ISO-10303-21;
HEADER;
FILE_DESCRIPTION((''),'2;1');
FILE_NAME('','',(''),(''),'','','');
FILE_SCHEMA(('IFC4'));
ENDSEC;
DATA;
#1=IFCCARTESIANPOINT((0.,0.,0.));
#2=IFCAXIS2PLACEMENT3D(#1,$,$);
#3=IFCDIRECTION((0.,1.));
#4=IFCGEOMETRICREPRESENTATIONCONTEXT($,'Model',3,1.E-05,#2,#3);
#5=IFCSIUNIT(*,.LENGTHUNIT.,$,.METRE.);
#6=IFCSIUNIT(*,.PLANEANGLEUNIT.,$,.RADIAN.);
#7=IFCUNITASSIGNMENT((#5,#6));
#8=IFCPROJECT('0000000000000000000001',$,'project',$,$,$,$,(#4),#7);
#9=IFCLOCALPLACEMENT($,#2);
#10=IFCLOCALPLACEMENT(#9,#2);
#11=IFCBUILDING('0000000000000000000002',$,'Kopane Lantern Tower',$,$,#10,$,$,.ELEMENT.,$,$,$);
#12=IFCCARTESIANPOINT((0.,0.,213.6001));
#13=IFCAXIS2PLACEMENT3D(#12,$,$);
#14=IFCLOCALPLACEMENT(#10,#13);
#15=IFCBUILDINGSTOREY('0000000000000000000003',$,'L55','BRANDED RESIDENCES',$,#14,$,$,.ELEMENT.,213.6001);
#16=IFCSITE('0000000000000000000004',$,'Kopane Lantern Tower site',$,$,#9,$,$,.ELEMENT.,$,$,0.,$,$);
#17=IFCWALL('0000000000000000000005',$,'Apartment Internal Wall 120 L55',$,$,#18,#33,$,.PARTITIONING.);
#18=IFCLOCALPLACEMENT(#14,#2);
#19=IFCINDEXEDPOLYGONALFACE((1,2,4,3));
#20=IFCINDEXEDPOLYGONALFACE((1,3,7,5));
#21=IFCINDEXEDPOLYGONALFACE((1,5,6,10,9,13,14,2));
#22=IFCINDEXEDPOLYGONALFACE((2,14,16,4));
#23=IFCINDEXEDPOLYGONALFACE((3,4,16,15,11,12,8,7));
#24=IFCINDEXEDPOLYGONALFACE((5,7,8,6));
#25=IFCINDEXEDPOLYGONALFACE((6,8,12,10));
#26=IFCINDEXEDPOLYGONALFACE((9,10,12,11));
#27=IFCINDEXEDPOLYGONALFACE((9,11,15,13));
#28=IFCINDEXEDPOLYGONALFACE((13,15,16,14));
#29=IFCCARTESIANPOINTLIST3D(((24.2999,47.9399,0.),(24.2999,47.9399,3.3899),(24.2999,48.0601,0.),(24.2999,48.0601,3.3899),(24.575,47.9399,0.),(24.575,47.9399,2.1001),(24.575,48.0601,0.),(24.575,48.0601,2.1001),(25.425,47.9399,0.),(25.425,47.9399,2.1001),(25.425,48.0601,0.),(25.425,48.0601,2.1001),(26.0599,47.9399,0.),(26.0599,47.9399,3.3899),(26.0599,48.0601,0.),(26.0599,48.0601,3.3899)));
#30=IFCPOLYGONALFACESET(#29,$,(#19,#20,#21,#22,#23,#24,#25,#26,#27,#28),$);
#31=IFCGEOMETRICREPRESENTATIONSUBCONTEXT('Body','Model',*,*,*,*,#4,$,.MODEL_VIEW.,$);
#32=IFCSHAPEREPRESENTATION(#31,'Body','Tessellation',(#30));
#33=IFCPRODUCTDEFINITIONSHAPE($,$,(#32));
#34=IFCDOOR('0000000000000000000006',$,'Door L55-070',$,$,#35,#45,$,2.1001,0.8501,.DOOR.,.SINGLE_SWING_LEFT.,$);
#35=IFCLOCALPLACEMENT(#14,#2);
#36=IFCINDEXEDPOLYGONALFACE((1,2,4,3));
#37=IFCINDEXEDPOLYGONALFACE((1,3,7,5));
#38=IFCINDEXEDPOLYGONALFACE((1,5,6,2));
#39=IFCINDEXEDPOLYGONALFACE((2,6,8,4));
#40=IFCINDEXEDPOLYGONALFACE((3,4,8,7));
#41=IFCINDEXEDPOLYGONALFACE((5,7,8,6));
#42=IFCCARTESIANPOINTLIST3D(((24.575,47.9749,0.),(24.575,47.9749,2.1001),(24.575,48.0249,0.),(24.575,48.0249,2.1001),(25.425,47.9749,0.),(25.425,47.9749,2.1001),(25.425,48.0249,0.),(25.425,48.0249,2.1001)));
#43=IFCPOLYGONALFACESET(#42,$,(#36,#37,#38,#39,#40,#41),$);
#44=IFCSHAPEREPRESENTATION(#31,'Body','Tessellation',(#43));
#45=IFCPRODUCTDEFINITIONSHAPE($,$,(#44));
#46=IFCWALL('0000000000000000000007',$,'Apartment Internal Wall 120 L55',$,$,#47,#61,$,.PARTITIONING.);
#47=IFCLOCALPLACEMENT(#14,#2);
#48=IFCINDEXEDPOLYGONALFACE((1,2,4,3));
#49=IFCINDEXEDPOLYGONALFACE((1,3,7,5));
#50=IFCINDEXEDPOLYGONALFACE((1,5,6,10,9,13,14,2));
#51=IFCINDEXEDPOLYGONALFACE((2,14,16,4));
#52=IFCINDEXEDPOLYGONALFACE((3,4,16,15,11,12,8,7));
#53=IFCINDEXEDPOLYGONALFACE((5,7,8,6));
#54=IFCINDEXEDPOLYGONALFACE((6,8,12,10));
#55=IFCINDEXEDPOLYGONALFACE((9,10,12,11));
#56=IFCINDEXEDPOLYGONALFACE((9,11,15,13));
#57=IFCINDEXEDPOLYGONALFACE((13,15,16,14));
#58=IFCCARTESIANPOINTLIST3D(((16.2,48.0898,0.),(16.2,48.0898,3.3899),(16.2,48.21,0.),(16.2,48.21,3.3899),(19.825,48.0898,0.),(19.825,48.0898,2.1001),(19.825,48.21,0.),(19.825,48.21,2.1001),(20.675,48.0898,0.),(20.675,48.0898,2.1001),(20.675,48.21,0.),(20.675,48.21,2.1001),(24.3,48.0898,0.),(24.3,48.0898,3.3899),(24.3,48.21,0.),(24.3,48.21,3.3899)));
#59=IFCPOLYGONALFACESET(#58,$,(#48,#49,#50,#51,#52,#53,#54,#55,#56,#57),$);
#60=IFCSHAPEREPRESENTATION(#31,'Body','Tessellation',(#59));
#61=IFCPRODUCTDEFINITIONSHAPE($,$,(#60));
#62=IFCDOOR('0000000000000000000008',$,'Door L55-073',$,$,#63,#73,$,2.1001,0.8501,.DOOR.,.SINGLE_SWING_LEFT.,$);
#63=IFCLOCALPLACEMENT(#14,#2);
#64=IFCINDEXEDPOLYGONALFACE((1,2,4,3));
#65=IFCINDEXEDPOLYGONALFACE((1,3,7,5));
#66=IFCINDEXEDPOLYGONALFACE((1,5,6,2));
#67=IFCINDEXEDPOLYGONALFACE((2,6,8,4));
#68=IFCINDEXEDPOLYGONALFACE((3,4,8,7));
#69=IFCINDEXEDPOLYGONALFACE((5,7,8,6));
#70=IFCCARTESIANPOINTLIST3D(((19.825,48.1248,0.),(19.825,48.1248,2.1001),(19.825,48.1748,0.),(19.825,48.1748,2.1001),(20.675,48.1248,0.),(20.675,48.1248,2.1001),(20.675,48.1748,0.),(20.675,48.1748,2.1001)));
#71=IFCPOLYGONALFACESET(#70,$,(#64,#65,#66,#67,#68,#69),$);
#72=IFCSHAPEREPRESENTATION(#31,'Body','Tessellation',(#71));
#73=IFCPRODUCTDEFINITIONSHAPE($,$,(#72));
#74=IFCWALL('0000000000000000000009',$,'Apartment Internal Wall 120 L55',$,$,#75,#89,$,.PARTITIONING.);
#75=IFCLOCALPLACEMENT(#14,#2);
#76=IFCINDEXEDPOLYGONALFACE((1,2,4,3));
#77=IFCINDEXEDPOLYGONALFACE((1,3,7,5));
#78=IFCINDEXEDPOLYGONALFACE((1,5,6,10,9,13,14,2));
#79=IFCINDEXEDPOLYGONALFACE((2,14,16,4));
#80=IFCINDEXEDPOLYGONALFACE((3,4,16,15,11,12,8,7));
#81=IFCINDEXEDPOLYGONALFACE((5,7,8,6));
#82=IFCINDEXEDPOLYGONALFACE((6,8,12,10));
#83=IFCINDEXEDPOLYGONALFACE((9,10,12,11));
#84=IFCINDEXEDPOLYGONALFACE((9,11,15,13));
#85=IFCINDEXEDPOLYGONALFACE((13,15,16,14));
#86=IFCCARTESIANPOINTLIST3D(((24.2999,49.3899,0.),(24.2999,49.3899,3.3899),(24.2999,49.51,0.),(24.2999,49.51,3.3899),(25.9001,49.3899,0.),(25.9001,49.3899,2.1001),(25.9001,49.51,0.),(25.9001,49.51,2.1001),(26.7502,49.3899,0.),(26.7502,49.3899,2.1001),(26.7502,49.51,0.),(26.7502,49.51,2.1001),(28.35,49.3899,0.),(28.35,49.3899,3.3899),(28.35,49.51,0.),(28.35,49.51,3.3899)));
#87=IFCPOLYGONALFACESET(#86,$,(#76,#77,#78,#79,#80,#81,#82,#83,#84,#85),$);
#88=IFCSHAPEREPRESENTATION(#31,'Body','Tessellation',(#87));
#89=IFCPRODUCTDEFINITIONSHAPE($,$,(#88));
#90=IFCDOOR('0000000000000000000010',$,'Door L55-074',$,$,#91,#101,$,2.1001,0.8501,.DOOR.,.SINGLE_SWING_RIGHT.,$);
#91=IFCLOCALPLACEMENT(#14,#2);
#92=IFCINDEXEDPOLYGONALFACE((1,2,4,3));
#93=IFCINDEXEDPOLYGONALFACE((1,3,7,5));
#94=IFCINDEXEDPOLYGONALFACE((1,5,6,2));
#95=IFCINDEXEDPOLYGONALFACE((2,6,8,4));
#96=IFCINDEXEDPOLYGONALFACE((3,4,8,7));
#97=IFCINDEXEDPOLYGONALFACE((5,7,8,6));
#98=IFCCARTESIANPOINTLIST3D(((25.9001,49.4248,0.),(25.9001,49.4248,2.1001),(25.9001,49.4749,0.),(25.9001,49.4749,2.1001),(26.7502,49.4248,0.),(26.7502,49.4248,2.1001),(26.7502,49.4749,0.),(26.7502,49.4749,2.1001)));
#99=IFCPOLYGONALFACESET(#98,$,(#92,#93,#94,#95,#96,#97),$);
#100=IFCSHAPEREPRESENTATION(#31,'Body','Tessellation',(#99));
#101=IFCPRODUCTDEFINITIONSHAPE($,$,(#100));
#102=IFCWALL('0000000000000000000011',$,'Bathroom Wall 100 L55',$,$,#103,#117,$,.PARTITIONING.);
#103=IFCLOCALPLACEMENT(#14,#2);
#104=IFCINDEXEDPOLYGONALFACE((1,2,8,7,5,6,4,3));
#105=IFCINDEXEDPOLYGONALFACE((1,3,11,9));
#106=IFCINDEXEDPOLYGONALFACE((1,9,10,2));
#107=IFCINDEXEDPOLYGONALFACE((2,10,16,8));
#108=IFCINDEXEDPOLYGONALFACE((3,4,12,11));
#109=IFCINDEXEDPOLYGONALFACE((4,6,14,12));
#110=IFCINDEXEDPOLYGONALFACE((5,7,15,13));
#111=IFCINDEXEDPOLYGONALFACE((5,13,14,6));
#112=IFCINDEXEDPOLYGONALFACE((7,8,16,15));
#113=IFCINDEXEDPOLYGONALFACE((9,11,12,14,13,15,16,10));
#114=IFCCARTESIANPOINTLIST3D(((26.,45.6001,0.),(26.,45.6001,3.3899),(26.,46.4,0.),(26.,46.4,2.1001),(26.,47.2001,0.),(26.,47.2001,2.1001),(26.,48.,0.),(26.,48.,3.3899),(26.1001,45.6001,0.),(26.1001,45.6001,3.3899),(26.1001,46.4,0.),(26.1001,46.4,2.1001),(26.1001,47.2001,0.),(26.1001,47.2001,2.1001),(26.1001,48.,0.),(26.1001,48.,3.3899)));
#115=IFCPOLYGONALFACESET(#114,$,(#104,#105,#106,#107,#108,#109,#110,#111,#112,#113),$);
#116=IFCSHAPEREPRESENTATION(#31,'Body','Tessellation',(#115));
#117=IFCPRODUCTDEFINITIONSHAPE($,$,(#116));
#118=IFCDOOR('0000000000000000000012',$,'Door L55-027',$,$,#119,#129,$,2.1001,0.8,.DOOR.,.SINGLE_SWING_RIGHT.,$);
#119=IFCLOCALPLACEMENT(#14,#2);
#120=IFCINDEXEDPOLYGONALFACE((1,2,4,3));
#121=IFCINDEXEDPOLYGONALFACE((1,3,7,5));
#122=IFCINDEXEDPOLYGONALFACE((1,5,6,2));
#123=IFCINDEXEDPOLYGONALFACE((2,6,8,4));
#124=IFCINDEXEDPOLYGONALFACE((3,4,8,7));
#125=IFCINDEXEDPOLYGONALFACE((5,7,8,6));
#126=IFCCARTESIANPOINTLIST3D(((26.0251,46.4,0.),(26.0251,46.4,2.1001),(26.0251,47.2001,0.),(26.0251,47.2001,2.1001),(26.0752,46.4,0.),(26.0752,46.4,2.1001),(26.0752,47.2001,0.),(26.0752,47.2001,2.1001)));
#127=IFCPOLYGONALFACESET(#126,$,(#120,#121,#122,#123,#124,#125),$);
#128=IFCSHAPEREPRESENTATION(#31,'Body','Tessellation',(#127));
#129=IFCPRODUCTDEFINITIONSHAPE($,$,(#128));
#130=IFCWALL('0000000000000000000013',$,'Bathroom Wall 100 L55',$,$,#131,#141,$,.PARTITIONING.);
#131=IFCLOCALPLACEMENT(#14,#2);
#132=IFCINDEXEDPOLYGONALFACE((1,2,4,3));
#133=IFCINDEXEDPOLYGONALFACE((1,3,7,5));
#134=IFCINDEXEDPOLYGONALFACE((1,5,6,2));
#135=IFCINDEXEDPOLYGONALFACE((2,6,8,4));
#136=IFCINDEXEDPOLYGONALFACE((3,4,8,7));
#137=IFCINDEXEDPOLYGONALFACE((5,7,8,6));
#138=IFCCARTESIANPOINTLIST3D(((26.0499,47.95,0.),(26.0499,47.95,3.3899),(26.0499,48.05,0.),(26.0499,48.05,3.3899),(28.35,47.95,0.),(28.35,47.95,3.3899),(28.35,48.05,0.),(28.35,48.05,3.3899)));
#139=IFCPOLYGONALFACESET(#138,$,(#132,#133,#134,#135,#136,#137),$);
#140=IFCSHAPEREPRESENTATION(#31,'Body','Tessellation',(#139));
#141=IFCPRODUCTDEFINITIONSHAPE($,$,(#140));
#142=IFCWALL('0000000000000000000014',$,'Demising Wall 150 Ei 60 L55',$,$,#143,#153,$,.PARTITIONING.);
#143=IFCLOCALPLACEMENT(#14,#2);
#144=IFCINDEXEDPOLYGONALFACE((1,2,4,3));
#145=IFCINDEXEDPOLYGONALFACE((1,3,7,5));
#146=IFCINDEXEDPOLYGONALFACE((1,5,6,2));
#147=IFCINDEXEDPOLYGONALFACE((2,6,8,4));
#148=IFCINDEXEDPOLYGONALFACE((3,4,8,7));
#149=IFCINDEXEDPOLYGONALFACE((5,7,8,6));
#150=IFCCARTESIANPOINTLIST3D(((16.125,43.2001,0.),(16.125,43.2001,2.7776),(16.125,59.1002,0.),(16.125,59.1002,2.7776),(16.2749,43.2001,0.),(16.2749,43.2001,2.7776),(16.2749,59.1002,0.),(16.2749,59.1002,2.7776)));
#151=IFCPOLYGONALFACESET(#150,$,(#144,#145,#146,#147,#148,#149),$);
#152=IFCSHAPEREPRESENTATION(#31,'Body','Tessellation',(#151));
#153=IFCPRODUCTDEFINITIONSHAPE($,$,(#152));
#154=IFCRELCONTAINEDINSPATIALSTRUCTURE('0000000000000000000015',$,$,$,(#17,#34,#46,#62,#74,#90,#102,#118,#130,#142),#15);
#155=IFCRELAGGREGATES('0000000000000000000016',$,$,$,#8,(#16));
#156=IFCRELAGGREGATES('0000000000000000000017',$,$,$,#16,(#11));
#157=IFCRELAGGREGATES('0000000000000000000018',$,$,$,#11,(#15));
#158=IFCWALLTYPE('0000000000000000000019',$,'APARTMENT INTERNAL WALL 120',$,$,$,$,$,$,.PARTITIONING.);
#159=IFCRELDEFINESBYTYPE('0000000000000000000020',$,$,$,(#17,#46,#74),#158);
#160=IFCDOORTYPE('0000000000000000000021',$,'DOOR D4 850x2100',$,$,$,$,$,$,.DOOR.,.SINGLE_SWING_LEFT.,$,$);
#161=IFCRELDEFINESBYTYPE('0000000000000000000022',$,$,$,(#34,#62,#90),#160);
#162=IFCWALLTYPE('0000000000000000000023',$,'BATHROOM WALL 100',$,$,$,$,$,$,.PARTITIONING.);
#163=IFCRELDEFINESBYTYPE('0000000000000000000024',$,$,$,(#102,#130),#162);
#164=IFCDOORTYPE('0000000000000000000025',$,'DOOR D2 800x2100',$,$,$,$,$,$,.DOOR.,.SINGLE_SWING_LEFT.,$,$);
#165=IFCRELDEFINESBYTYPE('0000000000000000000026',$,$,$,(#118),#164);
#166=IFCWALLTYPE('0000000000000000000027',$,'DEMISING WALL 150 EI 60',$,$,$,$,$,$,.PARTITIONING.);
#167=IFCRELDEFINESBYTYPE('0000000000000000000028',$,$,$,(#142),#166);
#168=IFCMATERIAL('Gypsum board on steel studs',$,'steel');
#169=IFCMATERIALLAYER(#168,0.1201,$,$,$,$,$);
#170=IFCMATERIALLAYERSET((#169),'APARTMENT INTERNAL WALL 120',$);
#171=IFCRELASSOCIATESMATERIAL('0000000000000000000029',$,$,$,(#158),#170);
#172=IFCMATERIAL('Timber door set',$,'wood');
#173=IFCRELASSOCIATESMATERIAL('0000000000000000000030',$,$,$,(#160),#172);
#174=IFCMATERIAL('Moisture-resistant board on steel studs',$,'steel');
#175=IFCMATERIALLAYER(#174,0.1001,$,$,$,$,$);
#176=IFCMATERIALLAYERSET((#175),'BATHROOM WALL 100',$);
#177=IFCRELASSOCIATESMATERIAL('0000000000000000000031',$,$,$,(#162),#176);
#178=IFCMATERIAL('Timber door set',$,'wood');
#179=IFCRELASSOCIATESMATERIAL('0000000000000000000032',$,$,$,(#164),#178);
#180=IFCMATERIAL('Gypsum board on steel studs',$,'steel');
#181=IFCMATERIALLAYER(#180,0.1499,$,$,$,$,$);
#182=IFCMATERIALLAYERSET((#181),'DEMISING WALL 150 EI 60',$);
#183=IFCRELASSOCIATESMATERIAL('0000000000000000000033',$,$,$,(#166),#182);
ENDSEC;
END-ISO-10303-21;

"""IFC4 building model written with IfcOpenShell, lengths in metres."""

from ifc_helpers import new_model, si_unit, direction, frame, frame_2d, origin, place, context, subcontext, project, spatial, rectangle, extrude, material, layer, layer_set, type_object, element, fill, save


model = new_model("IFC4")

# Units and contexts
model_context = context("Model", 3, precision=1e-05, world=origin(), true_north=direction((0.0, 1.0)))
body_context = subcontext(model_context, "Body", "Model", "MODEL_VIEW")
ifc_project = project(units=[si_unit("LENGTHUNIT", "METRE"), si_unit("PLANEANGLEUNIT", "RADIAN")], contexts=[model_context])

# Site, building, storey
site_placement = place(None, origin())
site = spatial("IfcSite", under=ifc_project, at=site_placement, Name="Kopane Lantern Tower site", CompositionType="ELEMENT", RefElevation=0.0)
building_placement = place(site_placement, origin())
building = spatial("IfcBuilding", under=site, at=building_placement, Name="Kopane Lantern Tower", CompositionType="ELEMENT")
storey_placement = place(building_placement, frame((0.0, 0.0, 213.6001)))
storey = spatial("IfcBuildingStorey", under=building, at=storey_placement, Name="L55", Description="BRANDED RESIDENCES", CompositionType="ELEMENT", Elevation=213.6001)

# Shared definitions
ifc_material_1 = material(Name="Gypsum board on steel studs", Category="steel")
ifc_layer_1 = layer(ifc_material_1, 0.1201)
ifc_layer_set_1 = layer_set([ifc_layer_1], Name="APARTMENT INTERNAL WALL 120")
wall_type_1 = type_object("IfcWallType", Name="APARTMENT INTERNAL WALL 120", PredefinedType="PARTITIONING", material=ifc_layer_set_1)

# Walls, openings, doors
wall_1_placement = place(storey_placement, frame((24.3, 48.0, 0.0), z_axis=(0.0, 0.0, 1.0), x_axis=(1.0, 0.0, 0.0)))
wall_1 = element("IfcWall", 1, at=wall_1_placement, inside=storey, type_object=wall_type_1, Name="Apartment Internal Wall 120 L55", PredefinedType="PARTITIONING", context=body_context, shape_type="SweptSolid", body=[
    extrude(rectangle(XDim=1.76, YDim=0.1201, at=frame_2d((0.8799, 0.0))), origin(), (0.0, 0.0, 1.0), 3.3899),
])
opening_1_placement = place(wall_1_placement, frame((0.2749, 0.0, 0.0)))
opening_1 = element("IfcOpeningElement", 2, at=opening_1_placement, cuts=wall_1, PredefinedType="OPENING", context=body_context, shape_type="SweptSolid", body=[
    extrude(rectangle(XDim=0.8501, YDim=2.1001, at=frame_2d((0.425, 1.05))), frame((0.0, 0.0701, 0.0), z_axis=(0.0, -1.0, 0.0), x_axis=(1.0, 0.0, 0.0)), (0.0, 0.0, 1.0), 0.1401),
])
ifc_material_2 = material(Name="Timber door set", Category="wood")
door_type_1 = type_object("IfcDoorType", Name="DOOR D4 850x2100", OperationType="SINGLE_SWING_LEFT", PredefinedType="DOOR", material=ifc_material_2)
door_1_placement = place(opening_1_placement, origin())
door_1 = element("IfcDoor", 3, at=door_1_placement, inside=storey, type_object=door_type_1, Name="Door L55-070", OperationType="SINGLE_SWING_LEFT", OverallHeight=2.1001, OverallWidth=0.8501, PredefinedType="DOOR", context=body_context, shape_type="SweptSolid", body=[
    extrude(rectangle(XDim=0.8501, YDim=2.1001, at=frame_2d((0.425, 1.05))), frame((0.0, 0.0249, 0.0), z_axis=(0.0, -1.0, 0.0), x_axis=(1.0, 0.0, 0.0)), (0.0, 0.0, 1.0), 0.05),
])
fill(opening_1, door_1)
wall_2_placement = place(storey_placement, frame((16.2, 48.1499, 0.0), z_axis=(0.0, 0.0, 1.0), x_axis=(1.0, 0.0, 0.0)))
wall_2 = element("IfcWall", 4, at=wall_2_placement, inside=storey, type_object=wall_type_1, Name="Apartment Internal Wall 120 L55", PredefinedType="PARTITIONING", context=body_context, shape_type="SweptSolid", body=[
    extrude(rectangle(XDim=8.1001, YDim=0.1201, at=frame_2d((4.05, 0.0))), origin(), (0.0, 0.0, 1.0), 3.3899),
])
opening_2_placement = place(wall_2_placement, frame((3.625, 0.0, 0.0)))
opening_2 = element("IfcOpeningElement", 5, at=opening_2_placement, cuts=wall_2, PredefinedType="OPENING", context=body_context, shape_type="SweptSolid", body=[
    extrude(rectangle(XDim=0.8501, YDim=2.1001, at=frame_2d((0.425, 1.05))), frame((0.0, 0.0701, 0.0), z_axis=(0.0, -1.0, 0.0), x_axis=(1.0, 0.0, 0.0)), (0.0, 0.0, 1.0), 0.1401),
])
door_2_placement = place(opening_2_placement, origin())
door_2 = element("IfcDoor", 6, at=door_2_placement, inside=storey, type_object=door_type_1, Name="Door L55-073", OperationType="SINGLE_SWING_LEFT", OverallHeight=2.1001, OverallWidth=0.8501, PredefinedType="DOOR", context=body_context, shape_type="SweptSolid", body=[
    extrude(rectangle(XDim=0.8501, YDim=2.1001, at=frame_2d((0.425, 1.05))), frame((0.0, 0.0249, 0.0), z_axis=(0.0, -1.0, 0.0), x_axis=(1.0, 0.0, 0.0)), (0.0, 0.0, 1.0), 0.05),
])
fill(opening_2, door_2)
wall_3_placement = place(storey_placement, frame((24.3, 49.45, 0.0), z_axis=(0.0, 0.0, 1.0), x_axis=(1.0, 0.0, 0.0)))
wall_3 = element("IfcWall", 7, at=wall_3_placement, inside=storey, type_object=wall_type_1, Name="Apartment Internal Wall 120 L55", PredefinedType="PARTITIONING", context=body_context, shape_type="SweptSolid", body=[
    extrude(rectangle(XDim=4.05, YDim=0.1201, at=frame_2d((2.0249, 0.0))), origin(), (0.0, 0.0, 1.0), 3.3899),
])
opening_3_placement = place(wall_3_placement, frame((1.6001, 0.0, 0.0)))
opening_3 = element("IfcOpeningElement", 8, at=opening_3_placement, cuts=wall_3, PredefinedType="OPENING", context=body_context, shape_type="SweptSolid", body=[
    extrude(rectangle(XDim=0.8501, YDim=2.1001, at=frame_2d((0.425, 1.05))), frame((0.0, 0.0701, 0.0), z_axis=(0.0, -1.0, 0.0), x_axis=(1.0, 0.0, 0.0)), (0.0, 0.0, 1.0), 0.1401),
])
door_3_placement = place(opening_3_placement, origin())
door_3 = element("IfcDoor", 9, at=door_3_placement, inside=storey, type_object=door_type_1, Name="Door L55-074", OperationType="SINGLE_SWING_RIGHT", OverallHeight=2.1001, OverallWidth=0.8501, PredefinedType="DOOR", context=body_context, shape_type="SweptSolid", body=[
    extrude(rectangle(XDim=0.8501, YDim=2.1001, at=frame_2d((0.425, 1.05))), frame((0.0, 0.0249, 0.0), z_axis=(0.0, -1.0, 0.0), x_axis=(1.0, 0.0, 0.0)), (0.0, 0.0, 1.0), 0.05),
])
fill(opening_3, door_3)
ifc_material_3 = material(Name="Moisture-resistant board on steel studs", Category="steel")
ifc_layer_2 = layer(ifc_material_3, 0.1001)
ifc_layer_set_2 = layer_set([ifc_layer_2], Name="BATHROOM WALL 100")
wall_type_2 = type_object("IfcWallType", Name="BATHROOM WALL 100", PredefinedType="PARTITIONING", material=ifc_layer_set_2)
wall_4_placement = place(storey_placement, frame((26.05, 45.6001, 0.0), z_axis=(0.0, 0.0, 1.0), x_axis=(0.0, 1.0, 0.0)))
wall_4 = element("IfcWall", 10, at=wall_4_placement, inside=storey, type_object=wall_type_2, Name="Bathroom Wall 100 L55", PredefinedType="PARTITIONING", context=body_context, shape_type="SweptSolid", body=[
    extrude(rectangle(XDim=2.3999, YDim=0.1001, at=frame_2d((1.2, 0.0))), origin(), (0.0, 0.0, 1.0), 3.3899),
])
opening_4_placement = place(wall_4_placement, frame((0.8, 0.0, 0.0)))
opening_4 = element("IfcOpeningElement", 11, at=opening_4_placement, cuts=wall_4, PredefinedType="OPENING", context=body_context, shape_type="SweptSolid", body=[
    extrude(rectangle(XDim=0.8, YDim=2.1001, at=frame_2d((0.3999, 1.05))), frame((0.0, 0.0601, 0.0), z_axis=(0.0, -1.0, 0.0), x_axis=(1.0, 0.0, 0.0)), (0.0, 0.0, 1.0), 0.1201),
])
ifc_material_4 = material(Name="Timber door set", Category="wood")
door_type_2 = type_object("IfcDoorType", Name="DOOR D2 800x2100", OperationType="SINGLE_SWING_LEFT", PredefinedType="DOOR", material=ifc_material_4)
door_4_placement = place(opening_4_placement, origin())
door_4 = element("IfcDoor", 12, at=door_4_placement, inside=storey, type_object=door_type_2, Name="Door L55-027", OperationType="SINGLE_SWING_RIGHT", OverallHeight=2.1001, OverallWidth=0.8, PredefinedType="DOOR", context=body_context, shape_type="SweptSolid", body=[
    extrude(rectangle(XDim=0.8, YDim=2.1001, at=frame_2d((0.3999, 1.05))), frame((0.0, 0.0249, 0.0), z_axis=(0.0, -1.0, 0.0), x_axis=(1.0, 0.0, 0.0)), (0.0, 0.0, 1.0), 0.05),
])
fill(opening_4, door_4)

# Walls
wall_5_placement = place(storey_placement, frame((26.05, 48.0, 0.0), z_axis=(0.0, 0.0, 1.0), x_axis=(1.0, 0.0, 0.0)))
element("IfcWall", 13, at=wall_5_placement, inside=storey, type_object=wall_type_2, Name="Bathroom Wall 100 L55", PredefinedType="PARTITIONING", context=body_context, shape_type="SweptSolid", body=[
    extrude(rectangle(XDim=2.3, YDim=0.1001, at=frame_2d((1.1499, 0.0))), origin(), (0.0, 0.0, 1.0), 3.3899),
])
ifc_material_5 = material(Name="Gypsum board on steel studs", Category="steel")
ifc_layer_3 = layer(ifc_material_5, 0.1499)
ifc_layer_set_3 = layer_set([ifc_layer_3], Name="DEMISING WALL 150 EI 60")
wall_type_3 = type_object("IfcWallType", Name="DEMISING WALL 150 EI 60", PredefinedType="PARTITIONING", material=ifc_layer_set_3)
wall_6_placement = place(storey_placement, frame((16.2, 43.2, 0.0), z_axis=(0.0, 0.0, 1.0), x_axis=(0.0, 1.0, 0.0)))
element("IfcWall", 14, at=wall_6_placement, inside=storey, type_object=wall_type_3, Name="Demising Wall 150 Ei 60 L55", PredefinedType="PARTITIONING", context=body_context, shape_type="SweptSolid", body=[
    extrude(rectangle(XDim=15.9001, YDim=0.1499, at=frame_2d((7.9502, 0.0))), origin(), (0.0, 0.0, 1.0), 2.7776),
])

save(model, "model.ifc")
